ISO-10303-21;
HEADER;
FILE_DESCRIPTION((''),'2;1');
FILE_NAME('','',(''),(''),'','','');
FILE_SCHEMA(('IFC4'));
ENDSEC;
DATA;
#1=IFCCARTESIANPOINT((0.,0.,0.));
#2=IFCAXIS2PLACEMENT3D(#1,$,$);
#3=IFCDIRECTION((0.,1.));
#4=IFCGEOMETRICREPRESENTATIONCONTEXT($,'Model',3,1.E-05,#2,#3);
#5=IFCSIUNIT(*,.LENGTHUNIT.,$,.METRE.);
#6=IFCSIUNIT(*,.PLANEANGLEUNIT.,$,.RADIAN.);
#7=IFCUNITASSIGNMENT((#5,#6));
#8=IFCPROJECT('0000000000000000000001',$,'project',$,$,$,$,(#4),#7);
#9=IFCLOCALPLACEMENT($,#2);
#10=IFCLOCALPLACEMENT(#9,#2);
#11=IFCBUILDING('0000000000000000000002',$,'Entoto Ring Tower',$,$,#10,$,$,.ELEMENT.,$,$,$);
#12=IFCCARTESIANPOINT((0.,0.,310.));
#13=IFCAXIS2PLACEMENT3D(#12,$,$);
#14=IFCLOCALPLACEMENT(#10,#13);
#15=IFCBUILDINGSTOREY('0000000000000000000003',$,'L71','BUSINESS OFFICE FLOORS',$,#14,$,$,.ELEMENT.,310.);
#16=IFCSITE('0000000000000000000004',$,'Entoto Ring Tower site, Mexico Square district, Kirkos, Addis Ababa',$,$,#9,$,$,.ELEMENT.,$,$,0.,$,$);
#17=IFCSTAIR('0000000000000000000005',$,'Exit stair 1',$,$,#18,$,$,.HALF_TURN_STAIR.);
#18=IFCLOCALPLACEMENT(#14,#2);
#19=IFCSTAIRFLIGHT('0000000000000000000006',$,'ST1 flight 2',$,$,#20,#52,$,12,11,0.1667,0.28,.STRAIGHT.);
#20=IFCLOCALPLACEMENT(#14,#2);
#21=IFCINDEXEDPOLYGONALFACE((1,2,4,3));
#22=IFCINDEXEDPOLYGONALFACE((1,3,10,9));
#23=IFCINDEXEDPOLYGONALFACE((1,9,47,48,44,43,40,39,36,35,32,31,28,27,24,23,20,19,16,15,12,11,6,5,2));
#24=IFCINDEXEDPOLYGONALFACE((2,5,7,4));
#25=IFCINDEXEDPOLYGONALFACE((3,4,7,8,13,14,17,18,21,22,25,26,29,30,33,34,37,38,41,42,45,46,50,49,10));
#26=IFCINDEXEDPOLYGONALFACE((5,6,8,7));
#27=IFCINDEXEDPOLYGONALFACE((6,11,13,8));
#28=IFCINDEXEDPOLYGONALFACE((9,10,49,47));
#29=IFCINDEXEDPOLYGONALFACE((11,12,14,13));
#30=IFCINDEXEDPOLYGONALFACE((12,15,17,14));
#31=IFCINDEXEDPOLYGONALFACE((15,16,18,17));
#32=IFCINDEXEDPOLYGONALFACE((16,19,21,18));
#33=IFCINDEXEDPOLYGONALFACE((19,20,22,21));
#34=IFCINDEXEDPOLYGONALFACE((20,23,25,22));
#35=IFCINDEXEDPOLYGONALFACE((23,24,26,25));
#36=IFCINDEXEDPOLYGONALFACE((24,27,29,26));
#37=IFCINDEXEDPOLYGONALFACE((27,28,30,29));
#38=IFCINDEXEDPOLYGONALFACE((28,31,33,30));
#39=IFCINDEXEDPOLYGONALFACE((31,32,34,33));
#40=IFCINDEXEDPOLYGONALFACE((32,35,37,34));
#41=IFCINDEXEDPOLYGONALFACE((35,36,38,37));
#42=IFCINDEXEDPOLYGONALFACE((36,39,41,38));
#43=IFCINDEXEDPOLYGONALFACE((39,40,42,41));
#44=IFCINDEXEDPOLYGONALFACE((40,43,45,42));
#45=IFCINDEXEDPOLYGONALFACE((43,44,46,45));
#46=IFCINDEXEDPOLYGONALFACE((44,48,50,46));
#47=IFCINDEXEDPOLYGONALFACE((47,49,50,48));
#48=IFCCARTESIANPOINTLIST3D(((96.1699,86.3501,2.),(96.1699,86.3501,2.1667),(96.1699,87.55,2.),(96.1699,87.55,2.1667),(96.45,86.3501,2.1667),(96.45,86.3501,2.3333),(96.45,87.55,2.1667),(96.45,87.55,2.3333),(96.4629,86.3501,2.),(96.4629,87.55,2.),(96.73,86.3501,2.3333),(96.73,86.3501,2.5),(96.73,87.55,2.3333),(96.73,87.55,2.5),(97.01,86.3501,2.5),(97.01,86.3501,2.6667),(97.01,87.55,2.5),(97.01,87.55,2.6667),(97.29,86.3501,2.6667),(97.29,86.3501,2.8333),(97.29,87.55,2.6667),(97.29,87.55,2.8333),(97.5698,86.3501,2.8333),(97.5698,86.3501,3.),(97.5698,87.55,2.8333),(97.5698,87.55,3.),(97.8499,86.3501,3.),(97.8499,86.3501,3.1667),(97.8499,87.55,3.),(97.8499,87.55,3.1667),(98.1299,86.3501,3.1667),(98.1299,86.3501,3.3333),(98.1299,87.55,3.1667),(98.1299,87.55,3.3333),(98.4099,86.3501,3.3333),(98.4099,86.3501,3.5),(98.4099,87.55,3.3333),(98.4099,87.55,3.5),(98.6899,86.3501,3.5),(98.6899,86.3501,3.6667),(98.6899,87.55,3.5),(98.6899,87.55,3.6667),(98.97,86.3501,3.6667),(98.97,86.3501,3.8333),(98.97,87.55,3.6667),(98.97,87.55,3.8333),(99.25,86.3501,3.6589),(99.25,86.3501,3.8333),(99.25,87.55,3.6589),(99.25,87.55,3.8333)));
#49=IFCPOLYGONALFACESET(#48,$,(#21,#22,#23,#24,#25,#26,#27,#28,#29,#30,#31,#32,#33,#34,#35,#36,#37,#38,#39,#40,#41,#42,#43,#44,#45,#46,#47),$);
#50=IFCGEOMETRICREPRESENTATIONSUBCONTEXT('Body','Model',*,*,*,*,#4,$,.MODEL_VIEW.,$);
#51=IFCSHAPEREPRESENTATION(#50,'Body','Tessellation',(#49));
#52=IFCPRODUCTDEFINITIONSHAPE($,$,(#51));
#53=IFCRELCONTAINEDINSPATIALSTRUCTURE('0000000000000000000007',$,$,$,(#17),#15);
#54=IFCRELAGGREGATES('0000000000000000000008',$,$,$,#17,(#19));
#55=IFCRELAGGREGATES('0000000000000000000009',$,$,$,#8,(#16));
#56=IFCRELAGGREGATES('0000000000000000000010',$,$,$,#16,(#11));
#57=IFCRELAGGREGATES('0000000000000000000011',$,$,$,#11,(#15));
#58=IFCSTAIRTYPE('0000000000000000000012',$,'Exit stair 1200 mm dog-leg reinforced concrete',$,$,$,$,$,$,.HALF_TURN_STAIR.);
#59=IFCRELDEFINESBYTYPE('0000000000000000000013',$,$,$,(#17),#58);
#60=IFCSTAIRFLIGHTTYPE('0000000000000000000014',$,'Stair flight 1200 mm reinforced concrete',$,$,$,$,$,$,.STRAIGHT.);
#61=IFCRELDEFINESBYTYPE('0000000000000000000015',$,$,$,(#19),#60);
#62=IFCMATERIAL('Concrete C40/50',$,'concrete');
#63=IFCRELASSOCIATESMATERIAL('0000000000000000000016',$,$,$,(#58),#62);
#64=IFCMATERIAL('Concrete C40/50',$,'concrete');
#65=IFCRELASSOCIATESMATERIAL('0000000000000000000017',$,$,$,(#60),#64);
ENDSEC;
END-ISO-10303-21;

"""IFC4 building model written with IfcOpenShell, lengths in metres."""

from ifc_helpers import new_model, si_unit, direction, frame, origin, place, context, subcontext, project, spatial, polyline, outline, extrude, material, type_object, element, aggregate, save


model = new_model("IFC4")

# Units and contexts
model_context = context("Model", 3, precision=1e-05, world=origin(), true_north=direction((0.0, 1.0)))
body_context = subcontext(model_context, "Body", "Model", "MODEL_VIEW")
ifc_project = project(units=[si_unit("LENGTHUNIT", "METRE"), si_unit("PLANEANGLEUNIT", "RADIAN")], contexts=[model_context])

# Site, building, storey
site_placement = place(None, origin())
site = spatial("IfcSite", under=ifc_project, at=site_placement, Name="Entoto Ring Tower site, Mexico Square district, Kirkos, Addis Ababa", CompositionType="ELEMENT", RefElevation=0.0)
building_placement = place(site_placement, origin())
building = spatial("IfcBuilding", under=site, at=building_placement, Name="Entoto Ring Tower", CompositionType="ELEMENT")
storey_placement = place(building_placement, frame((0.0, 0.0, 310.0)))
storey = spatial("IfcBuildingStorey", under=building, at=storey_placement, Name="L71", Description="BUSINESS OFFICE FLOORS", CompositionType="ELEMENT", Elevation=310.0)

# Stair, stair flight
ifc_material_1 = material(Name="Concrete C40/50", Category="concrete")
stair_type = type_object("IfcStairType", Name="Exit stair 1200 mm dog-leg reinforced concrete", PredefinedType="HALF_TURN_STAIR", material=ifc_material_1)
stair_placement = place(storey_placement, origin())
stair = element("IfcStair", 1, at=stair_placement, inside=storey, type_object=stair_type, Name="Exit stair 1", PredefinedType="HALF_TURN_STAIR")
ifc_material_2 = material(Name="Concrete C40/50", Category="concrete")
stair_flight_type = type_object("IfcStairFlightType", Name="Stair flight 1200 mm reinforced concrete", PredefinedType="STRAIGHT", material=ifc_material_2)
stair_flight_1_placement = place(storey_placement, frame((96.1699, 86.95, 2.0), z_axis=(0.0, 0.0, 1.0), x_axis=(1.0, 0.0, 0.0)))
stair_flight_1 = element("IfcStairFlight", 2, at=stair_flight_1_placement, type_object=stair_flight_type, Name="ST1 flight 2", NumberOfRisers=12, NumberOfTreads=11, PredefinedType="STRAIGHT", RiserHeight=0.1667, TreadLength=0.28, context=body_context, shape_type="SweptSolid", body=[
    extrude(outline(polyline([(0.0, 0.0), (0.0, 0.1667), (0.28, 0.1667), (0.28, 0.3333), (0.5601, 0.3333), (0.5601, 0.5), (0.8401, 0.5), (0.8401, 0.6667), (1.1201, 0.6667), (1.1201, 0.8333), (1.3999, 0.8333), (1.3999, 1.0), (1.6799, 1.0), (1.6799, 1.1667), (1.96, 1.1667), (1.96, 1.3333), (2.24, 1.3333), (2.24, 1.5), (2.52, 1.5), (2.52, 1.6667), (2.8, 1.6667), (2.8, 1.8333), (3.0801, 1.8333), (3.0801, 2.0), (3.0801, 1.6589), (0.293, 0.0), (0.0, 0.0)])), frame((0.0, 0.6001, 0.0), z_axis=(0.0, -1.0, 0.0), x_axis=(1.0, 0.0, 0.0)), (0.0, 0.0, 1.0), 1.2),
])
aggregate(stair, [stair_flight_1])

save(model, "model.ifc")
